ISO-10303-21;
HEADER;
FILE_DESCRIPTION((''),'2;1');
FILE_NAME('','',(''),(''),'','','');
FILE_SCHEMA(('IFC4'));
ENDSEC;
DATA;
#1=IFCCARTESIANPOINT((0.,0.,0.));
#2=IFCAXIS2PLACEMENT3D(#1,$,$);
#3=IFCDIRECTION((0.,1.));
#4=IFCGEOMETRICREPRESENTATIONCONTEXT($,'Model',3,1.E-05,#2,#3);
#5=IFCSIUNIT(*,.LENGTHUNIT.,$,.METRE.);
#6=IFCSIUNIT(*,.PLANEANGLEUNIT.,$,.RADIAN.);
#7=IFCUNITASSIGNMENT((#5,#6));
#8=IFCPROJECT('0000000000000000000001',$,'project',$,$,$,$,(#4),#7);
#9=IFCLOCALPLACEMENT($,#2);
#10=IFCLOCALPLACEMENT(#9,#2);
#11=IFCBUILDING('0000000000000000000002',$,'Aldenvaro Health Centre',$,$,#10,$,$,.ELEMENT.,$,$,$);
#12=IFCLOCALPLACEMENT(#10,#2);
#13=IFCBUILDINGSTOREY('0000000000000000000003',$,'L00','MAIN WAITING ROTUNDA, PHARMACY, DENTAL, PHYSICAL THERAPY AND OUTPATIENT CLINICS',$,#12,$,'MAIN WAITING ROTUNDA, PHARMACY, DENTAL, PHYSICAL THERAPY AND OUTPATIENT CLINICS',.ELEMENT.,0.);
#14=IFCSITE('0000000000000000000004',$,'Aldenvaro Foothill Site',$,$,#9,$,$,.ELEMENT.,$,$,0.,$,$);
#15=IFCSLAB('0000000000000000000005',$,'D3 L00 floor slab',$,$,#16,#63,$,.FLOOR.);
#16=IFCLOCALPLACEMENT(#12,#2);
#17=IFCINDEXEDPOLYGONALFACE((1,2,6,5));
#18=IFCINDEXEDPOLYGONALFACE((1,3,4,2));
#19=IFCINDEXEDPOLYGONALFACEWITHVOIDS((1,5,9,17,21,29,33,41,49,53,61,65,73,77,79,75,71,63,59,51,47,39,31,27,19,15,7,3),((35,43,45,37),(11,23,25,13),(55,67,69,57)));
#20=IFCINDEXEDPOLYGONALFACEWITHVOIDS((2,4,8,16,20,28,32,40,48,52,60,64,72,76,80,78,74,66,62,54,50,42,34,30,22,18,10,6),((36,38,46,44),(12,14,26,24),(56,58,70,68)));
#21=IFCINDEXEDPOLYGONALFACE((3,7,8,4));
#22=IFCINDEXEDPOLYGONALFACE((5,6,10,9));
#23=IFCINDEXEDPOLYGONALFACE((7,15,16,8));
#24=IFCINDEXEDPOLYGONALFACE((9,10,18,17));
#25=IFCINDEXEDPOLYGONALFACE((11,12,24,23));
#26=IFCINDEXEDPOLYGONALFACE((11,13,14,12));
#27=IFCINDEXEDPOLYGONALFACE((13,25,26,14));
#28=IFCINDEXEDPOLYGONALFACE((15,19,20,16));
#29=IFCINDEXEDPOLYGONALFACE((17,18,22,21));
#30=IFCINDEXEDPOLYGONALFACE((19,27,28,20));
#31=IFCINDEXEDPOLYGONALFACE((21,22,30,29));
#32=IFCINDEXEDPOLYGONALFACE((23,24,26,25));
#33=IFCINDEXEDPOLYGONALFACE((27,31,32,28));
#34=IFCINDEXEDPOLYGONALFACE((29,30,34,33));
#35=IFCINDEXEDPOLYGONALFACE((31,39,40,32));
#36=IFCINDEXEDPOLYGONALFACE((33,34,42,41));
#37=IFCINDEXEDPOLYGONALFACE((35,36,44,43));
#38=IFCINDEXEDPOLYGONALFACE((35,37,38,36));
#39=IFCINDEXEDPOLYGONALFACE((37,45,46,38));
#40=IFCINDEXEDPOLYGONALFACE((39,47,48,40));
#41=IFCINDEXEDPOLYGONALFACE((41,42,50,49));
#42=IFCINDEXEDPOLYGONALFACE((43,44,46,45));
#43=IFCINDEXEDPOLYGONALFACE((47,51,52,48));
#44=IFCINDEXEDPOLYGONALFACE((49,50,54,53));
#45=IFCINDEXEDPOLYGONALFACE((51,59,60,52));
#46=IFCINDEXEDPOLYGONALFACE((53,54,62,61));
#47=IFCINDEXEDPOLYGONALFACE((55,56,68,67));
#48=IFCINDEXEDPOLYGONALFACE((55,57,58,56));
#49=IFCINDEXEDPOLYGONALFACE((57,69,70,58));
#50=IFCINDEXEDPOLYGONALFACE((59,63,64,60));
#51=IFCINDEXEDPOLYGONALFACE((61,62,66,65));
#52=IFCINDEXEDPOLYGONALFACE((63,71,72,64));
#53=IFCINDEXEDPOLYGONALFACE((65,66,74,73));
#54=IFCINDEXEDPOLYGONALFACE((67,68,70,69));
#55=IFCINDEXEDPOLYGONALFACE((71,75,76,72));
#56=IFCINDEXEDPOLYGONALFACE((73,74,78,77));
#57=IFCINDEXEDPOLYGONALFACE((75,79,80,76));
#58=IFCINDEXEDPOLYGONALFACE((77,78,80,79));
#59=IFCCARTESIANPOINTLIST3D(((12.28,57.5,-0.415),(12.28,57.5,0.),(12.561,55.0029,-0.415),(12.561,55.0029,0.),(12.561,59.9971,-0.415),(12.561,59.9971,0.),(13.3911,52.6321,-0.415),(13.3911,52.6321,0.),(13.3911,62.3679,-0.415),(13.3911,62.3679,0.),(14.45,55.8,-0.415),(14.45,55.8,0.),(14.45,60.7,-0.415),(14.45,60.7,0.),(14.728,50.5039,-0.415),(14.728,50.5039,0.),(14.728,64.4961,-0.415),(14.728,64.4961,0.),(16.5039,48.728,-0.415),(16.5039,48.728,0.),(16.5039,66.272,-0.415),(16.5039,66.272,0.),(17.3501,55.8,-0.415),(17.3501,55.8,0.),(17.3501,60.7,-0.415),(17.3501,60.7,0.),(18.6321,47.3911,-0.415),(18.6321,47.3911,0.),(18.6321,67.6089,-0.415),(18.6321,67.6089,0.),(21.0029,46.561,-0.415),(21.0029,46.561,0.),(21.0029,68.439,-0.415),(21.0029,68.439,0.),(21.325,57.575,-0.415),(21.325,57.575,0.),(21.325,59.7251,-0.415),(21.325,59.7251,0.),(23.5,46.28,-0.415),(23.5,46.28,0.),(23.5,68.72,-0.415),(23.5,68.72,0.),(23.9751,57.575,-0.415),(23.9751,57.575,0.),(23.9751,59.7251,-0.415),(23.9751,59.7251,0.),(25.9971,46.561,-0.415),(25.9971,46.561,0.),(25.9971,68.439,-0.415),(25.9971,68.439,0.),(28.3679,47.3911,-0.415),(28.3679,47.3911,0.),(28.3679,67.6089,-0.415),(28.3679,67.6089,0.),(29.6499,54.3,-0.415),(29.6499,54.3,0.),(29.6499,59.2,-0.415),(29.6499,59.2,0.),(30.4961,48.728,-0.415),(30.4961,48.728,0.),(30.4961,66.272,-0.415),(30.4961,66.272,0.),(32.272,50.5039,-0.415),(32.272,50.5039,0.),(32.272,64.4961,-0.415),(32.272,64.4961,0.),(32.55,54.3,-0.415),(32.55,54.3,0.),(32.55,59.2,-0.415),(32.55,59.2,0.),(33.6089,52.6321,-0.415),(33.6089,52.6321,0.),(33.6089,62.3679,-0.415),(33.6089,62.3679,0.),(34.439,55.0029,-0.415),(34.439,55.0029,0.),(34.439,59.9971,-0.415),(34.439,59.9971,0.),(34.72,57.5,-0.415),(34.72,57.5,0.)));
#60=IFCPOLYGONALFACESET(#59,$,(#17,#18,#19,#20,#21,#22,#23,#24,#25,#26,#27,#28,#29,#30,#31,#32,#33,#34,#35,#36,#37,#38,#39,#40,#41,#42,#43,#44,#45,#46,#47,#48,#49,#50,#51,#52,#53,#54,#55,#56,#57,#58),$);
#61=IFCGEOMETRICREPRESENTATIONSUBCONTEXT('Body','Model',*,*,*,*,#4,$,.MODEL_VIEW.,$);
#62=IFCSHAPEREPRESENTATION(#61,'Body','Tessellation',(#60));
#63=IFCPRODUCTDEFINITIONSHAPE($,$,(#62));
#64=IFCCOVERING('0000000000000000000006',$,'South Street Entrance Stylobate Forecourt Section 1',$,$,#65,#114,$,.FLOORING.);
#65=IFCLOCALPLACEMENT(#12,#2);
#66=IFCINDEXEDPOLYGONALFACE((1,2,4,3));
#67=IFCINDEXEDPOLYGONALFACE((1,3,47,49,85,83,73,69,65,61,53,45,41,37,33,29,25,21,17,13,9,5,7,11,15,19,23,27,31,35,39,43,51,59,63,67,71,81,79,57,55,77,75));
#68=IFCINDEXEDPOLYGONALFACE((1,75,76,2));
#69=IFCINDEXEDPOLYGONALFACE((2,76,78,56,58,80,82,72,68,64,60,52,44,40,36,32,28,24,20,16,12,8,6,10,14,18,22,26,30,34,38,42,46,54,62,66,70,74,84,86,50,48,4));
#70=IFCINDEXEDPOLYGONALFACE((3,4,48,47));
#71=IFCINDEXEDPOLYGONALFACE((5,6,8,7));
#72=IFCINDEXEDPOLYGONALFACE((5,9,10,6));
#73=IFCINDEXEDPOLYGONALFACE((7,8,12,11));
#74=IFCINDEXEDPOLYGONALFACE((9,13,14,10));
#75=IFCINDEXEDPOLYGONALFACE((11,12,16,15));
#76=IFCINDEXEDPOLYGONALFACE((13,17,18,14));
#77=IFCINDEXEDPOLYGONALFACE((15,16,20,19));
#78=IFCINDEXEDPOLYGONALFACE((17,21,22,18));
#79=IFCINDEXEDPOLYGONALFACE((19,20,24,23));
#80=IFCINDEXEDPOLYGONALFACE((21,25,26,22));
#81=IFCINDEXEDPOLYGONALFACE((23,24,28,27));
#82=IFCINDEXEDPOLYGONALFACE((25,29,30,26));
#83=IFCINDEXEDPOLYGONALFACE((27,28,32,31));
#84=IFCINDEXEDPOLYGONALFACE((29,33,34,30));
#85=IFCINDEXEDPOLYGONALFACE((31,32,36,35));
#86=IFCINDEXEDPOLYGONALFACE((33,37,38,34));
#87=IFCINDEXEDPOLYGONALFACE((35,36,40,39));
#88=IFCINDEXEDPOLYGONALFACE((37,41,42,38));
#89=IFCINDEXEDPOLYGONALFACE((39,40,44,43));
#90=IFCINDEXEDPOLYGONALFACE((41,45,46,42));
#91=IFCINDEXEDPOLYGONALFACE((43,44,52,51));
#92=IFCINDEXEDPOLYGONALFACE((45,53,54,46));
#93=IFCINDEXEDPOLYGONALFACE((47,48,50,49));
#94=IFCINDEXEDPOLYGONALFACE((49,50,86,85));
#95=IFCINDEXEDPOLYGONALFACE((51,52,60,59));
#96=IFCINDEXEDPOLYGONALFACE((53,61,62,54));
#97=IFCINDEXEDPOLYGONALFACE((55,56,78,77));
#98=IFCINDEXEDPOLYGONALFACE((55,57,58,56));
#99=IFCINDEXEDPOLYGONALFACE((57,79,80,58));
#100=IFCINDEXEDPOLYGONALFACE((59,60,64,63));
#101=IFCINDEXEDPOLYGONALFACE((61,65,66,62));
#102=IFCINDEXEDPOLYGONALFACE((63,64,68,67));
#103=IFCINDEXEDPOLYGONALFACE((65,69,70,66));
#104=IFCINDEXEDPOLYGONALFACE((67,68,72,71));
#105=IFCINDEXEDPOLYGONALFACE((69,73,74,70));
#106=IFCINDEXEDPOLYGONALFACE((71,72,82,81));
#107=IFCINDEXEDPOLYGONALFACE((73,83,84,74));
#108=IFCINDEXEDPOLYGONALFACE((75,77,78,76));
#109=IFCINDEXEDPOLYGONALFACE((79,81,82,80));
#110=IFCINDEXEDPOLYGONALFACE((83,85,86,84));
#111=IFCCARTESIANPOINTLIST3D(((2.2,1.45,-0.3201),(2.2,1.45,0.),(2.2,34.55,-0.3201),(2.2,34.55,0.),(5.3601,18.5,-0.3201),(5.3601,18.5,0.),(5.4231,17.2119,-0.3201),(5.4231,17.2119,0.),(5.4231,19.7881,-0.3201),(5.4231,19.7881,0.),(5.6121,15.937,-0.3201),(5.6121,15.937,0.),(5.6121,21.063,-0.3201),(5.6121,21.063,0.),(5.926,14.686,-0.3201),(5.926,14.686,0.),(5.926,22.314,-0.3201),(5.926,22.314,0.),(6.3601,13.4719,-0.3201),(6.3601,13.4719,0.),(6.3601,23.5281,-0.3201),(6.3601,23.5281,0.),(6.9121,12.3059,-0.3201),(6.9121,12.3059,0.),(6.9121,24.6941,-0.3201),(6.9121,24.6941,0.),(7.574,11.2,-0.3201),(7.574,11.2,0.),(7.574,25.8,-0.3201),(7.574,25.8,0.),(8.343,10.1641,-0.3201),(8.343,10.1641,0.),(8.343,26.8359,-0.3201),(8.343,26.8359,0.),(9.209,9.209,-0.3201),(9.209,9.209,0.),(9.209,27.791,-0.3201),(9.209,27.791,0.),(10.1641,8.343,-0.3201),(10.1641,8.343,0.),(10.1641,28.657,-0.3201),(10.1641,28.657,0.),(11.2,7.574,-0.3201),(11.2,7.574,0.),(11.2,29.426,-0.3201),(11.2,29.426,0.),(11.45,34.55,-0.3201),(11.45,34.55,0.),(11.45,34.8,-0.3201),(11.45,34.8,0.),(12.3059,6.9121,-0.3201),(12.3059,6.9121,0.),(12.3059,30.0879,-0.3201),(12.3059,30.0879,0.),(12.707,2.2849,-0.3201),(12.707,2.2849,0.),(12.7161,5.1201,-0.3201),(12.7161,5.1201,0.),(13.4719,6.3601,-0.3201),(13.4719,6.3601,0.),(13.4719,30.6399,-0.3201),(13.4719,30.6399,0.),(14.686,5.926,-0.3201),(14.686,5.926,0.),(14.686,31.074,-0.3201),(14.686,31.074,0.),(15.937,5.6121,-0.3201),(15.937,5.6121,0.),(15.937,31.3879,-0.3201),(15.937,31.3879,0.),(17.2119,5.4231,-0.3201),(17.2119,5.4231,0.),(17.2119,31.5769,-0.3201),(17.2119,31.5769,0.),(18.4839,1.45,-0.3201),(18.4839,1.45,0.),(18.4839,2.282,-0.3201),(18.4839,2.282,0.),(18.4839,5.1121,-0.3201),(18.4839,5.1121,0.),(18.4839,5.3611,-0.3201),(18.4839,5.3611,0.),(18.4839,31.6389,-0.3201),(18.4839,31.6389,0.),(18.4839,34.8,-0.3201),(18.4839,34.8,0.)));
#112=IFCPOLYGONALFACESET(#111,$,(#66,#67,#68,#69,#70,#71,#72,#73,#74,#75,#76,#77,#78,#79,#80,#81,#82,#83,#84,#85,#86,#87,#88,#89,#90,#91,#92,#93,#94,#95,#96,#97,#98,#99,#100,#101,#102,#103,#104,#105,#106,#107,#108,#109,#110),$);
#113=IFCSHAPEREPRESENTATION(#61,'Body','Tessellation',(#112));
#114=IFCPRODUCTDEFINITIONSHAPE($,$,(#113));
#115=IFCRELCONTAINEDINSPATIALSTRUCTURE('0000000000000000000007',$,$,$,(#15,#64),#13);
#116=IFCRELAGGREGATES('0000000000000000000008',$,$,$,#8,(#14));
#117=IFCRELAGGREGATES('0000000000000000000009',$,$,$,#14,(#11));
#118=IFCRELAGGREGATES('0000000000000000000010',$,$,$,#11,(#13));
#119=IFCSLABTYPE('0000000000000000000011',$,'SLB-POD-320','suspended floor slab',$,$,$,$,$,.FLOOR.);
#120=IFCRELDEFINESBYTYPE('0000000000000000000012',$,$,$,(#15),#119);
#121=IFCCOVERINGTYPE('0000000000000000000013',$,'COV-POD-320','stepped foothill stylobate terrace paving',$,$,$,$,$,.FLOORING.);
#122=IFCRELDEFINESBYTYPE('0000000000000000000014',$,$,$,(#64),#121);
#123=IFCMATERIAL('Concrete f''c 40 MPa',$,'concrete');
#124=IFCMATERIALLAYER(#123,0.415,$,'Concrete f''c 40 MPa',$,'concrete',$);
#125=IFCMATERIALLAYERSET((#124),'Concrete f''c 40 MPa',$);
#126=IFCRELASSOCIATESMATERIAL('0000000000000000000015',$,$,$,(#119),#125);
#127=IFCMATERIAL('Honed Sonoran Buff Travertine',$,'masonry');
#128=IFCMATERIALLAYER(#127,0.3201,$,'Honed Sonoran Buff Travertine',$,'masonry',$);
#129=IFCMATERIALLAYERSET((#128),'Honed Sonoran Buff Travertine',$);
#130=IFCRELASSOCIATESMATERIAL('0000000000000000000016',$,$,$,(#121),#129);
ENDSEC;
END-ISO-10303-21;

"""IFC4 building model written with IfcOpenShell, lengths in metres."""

from ifc_helpers import new_model, si_unit, direction, frame, origin, place, context, subcontext, project, spatial, polyline, outline, extrude, material, layer, layer_set, type_object, element, save


model = new_model("IFC4")

# Units and contexts
model_context = context("Model", 3, precision=1e-05, world=origin(), true_north=direction((0.0, 1.0)))
body_context = subcontext(model_context, "Body", "Model", "MODEL_VIEW")
ifc_project = project(units=[si_unit("LENGTHUNIT", "METRE"), si_unit("PLANEANGLEUNIT", "RADIAN")], contexts=[model_context])

# Site, building, storey
site_placement = place(None, origin())
site = spatial("IfcSite", under=ifc_project, at=site_placement, Name="Aldenvaro Foothill Site", CompositionType="ELEMENT", RefElevation=0.0)
building_placement = place(site_placement, origin())
building = spatial("IfcBuilding", under=site, at=building_placement, Name="Aldenvaro Health Centre", CompositionType="ELEMENT")
storey_placement = place(building_placement, origin())
storey = spatial("IfcBuildingStorey", under=building, at=storey_placement, Name="L00", Description="MAIN WAITING ROTUNDA, PHARMACY, DENTAL, PHYSICAL THERAPY AND OUTPATIENT CLINICS", LongName="MAIN WAITING ROTUNDA, PHARMACY, DENTAL, PHYSICAL THERAPY AND OUTPATIENT CLINICS", CompositionType="ELEMENT", Elevation=0.0)

# Slab
ifc_material_1 = material(Name="Concrete f'c 40 MPa", Category="concrete")
ifc_layer_1 = layer(ifc_material_1, 0.415, Name="Concrete f'c 40 MPa", Category="concrete")
ifc_layer_set_1 = layer_set([ifc_layer_1], Name="Concrete f'c 40 MPa")
slab_type_1 = type_object("IfcSlabType", Name="SLB-POD-320", Description="suspended floor slab", PredefinedType="FLOOR", material=ifc_layer_set_1)
slab_1_placement = place(storey_placement, frame((0.0, 0.0, -0.415)))
element("IfcSlab", 1, at=slab_1_placement, inside=storey, type_object=slab_type_1, Name="D3 L00 floor slab", PredefinedType="FLOOR", context=body_context, shape_type="SweptSolid", body=[
    extrude(outline(polyline([(34.72, 57.5), (34.439, 59.9971), (33.6089, 62.3679), (32.272, 64.4961), (30.4961, 66.272), (28.3679, 67.6089), (25.9971, 68.439), (23.5, 68.72), (21.0029, 68.439), (18.6321, 67.6089), (16.5039, 66.272), (14.728, 64.4961), (13.3911, 62.3679), (12.561, 59.9971), (12.28, 57.5), (12.561, 55.0029), (13.3911, 52.6321), (14.728, 50.5039), (16.5039, 48.728), (18.6321, 47.3911), (21.0029, 46.561), (23.5, 46.28), (25.9971, 46.561), (28.3679, 47.3911), (30.4961, 48.728), (32.272, 50.5039), (33.6089, 52.6321), (34.439, 55.0029), (34.72, 57.5)]), holes=[polyline([(29.6499, 59.2), (29.6499, 54.3), (32.55, 54.3), (32.55, 59.2), (29.6499, 59.2)]), polyline([(17.3501, 55.8), (17.3501, 60.7), (14.45, 60.7), (14.45, 55.8), (17.3501, 55.8)]), polyline([(21.325, 57.575), (23.9751, 57.575), (23.9751, 59.7251), (21.325, 59.7251), (21.325, 57.575)])]), origin(), (0.0, 0.0, 1.0), 0.415),
])

# Covering
ifc_material_2 = material(Name="Honed Sonoran Buff Travertine", Category="masonry")
ifc_layer_2 = layer(ifc_material_2, 0.3201, Name="Honed Sonoran Buff Travertine", Category="masonry")
ifc_layer_set_2 = layer_set([ifc_layer_2], Name="Honed Sonoran Buff Travertine")
covering_type = type_object("IfcCoveringType", Name="COV-POD-320", Description="stepped foothill stylobate terrace paving", PredefinedType="FLOORING", material=ifc_layer_set_2)
covering_1_placement = place(storey_placement, frame((0.0, 0.0, -0.3201)))
element("IfcCovering", 2, at=covering_1_placement, inside=storey, type_object=covering_type, Name="South Street Entrance Stylobate Forecourt Section 1", PredefinedType="FLOORING", context=body_context, shape_type="SweptSolid", body=[
    extrude(outline(polyline([(2.2, 1.45), (2.2, 34.55), (11.45, 34.55), (11.45, 34.8), (18.4839, 34.8), (18.4839, 31.6389), (17.2119, 31.5769), (15.937, 31.3879), (14.686, 31.074), (13.4719, 30.6399), (12.3059, 30.0879), (11.2, 29.426), (10.1641, 28.657), (9.209, 27.791), (8.343, 26.8359), (7.574, 25.8), (6.9121, 24.6941), (6.3601, 23.5281), (5.926, 22.314), (5.6121, 21.063), (5.4231, 19.7881), (5.3601, 18.5), (5.4231, 17.2119), (5.6121, 15.937), (5.926, 14.686), (6.3601, 13.4719), (6.9121, 12.3059), (7.574, 11.2), (8.343, 10.1641), (9.209, 9.209), (10.1641, 8.343), (11.2, 7.574), (12.3059, 6.9121), (13.4719, 6.3601), (14.686, 5.926), (15.937, 5.6121), (17.2119, 5.4231), (18.4839, 5.3611), (18.4839, 5.1121), (12.7161, 5.1201), (12.707, 2.2849), (18.4839, 2.282), (18.4839, 1.45), (2.2, 1.45)])), origin(), (0.0, 0.0, 1.0), 0.3201),
])

save(model, "model.ifc")
